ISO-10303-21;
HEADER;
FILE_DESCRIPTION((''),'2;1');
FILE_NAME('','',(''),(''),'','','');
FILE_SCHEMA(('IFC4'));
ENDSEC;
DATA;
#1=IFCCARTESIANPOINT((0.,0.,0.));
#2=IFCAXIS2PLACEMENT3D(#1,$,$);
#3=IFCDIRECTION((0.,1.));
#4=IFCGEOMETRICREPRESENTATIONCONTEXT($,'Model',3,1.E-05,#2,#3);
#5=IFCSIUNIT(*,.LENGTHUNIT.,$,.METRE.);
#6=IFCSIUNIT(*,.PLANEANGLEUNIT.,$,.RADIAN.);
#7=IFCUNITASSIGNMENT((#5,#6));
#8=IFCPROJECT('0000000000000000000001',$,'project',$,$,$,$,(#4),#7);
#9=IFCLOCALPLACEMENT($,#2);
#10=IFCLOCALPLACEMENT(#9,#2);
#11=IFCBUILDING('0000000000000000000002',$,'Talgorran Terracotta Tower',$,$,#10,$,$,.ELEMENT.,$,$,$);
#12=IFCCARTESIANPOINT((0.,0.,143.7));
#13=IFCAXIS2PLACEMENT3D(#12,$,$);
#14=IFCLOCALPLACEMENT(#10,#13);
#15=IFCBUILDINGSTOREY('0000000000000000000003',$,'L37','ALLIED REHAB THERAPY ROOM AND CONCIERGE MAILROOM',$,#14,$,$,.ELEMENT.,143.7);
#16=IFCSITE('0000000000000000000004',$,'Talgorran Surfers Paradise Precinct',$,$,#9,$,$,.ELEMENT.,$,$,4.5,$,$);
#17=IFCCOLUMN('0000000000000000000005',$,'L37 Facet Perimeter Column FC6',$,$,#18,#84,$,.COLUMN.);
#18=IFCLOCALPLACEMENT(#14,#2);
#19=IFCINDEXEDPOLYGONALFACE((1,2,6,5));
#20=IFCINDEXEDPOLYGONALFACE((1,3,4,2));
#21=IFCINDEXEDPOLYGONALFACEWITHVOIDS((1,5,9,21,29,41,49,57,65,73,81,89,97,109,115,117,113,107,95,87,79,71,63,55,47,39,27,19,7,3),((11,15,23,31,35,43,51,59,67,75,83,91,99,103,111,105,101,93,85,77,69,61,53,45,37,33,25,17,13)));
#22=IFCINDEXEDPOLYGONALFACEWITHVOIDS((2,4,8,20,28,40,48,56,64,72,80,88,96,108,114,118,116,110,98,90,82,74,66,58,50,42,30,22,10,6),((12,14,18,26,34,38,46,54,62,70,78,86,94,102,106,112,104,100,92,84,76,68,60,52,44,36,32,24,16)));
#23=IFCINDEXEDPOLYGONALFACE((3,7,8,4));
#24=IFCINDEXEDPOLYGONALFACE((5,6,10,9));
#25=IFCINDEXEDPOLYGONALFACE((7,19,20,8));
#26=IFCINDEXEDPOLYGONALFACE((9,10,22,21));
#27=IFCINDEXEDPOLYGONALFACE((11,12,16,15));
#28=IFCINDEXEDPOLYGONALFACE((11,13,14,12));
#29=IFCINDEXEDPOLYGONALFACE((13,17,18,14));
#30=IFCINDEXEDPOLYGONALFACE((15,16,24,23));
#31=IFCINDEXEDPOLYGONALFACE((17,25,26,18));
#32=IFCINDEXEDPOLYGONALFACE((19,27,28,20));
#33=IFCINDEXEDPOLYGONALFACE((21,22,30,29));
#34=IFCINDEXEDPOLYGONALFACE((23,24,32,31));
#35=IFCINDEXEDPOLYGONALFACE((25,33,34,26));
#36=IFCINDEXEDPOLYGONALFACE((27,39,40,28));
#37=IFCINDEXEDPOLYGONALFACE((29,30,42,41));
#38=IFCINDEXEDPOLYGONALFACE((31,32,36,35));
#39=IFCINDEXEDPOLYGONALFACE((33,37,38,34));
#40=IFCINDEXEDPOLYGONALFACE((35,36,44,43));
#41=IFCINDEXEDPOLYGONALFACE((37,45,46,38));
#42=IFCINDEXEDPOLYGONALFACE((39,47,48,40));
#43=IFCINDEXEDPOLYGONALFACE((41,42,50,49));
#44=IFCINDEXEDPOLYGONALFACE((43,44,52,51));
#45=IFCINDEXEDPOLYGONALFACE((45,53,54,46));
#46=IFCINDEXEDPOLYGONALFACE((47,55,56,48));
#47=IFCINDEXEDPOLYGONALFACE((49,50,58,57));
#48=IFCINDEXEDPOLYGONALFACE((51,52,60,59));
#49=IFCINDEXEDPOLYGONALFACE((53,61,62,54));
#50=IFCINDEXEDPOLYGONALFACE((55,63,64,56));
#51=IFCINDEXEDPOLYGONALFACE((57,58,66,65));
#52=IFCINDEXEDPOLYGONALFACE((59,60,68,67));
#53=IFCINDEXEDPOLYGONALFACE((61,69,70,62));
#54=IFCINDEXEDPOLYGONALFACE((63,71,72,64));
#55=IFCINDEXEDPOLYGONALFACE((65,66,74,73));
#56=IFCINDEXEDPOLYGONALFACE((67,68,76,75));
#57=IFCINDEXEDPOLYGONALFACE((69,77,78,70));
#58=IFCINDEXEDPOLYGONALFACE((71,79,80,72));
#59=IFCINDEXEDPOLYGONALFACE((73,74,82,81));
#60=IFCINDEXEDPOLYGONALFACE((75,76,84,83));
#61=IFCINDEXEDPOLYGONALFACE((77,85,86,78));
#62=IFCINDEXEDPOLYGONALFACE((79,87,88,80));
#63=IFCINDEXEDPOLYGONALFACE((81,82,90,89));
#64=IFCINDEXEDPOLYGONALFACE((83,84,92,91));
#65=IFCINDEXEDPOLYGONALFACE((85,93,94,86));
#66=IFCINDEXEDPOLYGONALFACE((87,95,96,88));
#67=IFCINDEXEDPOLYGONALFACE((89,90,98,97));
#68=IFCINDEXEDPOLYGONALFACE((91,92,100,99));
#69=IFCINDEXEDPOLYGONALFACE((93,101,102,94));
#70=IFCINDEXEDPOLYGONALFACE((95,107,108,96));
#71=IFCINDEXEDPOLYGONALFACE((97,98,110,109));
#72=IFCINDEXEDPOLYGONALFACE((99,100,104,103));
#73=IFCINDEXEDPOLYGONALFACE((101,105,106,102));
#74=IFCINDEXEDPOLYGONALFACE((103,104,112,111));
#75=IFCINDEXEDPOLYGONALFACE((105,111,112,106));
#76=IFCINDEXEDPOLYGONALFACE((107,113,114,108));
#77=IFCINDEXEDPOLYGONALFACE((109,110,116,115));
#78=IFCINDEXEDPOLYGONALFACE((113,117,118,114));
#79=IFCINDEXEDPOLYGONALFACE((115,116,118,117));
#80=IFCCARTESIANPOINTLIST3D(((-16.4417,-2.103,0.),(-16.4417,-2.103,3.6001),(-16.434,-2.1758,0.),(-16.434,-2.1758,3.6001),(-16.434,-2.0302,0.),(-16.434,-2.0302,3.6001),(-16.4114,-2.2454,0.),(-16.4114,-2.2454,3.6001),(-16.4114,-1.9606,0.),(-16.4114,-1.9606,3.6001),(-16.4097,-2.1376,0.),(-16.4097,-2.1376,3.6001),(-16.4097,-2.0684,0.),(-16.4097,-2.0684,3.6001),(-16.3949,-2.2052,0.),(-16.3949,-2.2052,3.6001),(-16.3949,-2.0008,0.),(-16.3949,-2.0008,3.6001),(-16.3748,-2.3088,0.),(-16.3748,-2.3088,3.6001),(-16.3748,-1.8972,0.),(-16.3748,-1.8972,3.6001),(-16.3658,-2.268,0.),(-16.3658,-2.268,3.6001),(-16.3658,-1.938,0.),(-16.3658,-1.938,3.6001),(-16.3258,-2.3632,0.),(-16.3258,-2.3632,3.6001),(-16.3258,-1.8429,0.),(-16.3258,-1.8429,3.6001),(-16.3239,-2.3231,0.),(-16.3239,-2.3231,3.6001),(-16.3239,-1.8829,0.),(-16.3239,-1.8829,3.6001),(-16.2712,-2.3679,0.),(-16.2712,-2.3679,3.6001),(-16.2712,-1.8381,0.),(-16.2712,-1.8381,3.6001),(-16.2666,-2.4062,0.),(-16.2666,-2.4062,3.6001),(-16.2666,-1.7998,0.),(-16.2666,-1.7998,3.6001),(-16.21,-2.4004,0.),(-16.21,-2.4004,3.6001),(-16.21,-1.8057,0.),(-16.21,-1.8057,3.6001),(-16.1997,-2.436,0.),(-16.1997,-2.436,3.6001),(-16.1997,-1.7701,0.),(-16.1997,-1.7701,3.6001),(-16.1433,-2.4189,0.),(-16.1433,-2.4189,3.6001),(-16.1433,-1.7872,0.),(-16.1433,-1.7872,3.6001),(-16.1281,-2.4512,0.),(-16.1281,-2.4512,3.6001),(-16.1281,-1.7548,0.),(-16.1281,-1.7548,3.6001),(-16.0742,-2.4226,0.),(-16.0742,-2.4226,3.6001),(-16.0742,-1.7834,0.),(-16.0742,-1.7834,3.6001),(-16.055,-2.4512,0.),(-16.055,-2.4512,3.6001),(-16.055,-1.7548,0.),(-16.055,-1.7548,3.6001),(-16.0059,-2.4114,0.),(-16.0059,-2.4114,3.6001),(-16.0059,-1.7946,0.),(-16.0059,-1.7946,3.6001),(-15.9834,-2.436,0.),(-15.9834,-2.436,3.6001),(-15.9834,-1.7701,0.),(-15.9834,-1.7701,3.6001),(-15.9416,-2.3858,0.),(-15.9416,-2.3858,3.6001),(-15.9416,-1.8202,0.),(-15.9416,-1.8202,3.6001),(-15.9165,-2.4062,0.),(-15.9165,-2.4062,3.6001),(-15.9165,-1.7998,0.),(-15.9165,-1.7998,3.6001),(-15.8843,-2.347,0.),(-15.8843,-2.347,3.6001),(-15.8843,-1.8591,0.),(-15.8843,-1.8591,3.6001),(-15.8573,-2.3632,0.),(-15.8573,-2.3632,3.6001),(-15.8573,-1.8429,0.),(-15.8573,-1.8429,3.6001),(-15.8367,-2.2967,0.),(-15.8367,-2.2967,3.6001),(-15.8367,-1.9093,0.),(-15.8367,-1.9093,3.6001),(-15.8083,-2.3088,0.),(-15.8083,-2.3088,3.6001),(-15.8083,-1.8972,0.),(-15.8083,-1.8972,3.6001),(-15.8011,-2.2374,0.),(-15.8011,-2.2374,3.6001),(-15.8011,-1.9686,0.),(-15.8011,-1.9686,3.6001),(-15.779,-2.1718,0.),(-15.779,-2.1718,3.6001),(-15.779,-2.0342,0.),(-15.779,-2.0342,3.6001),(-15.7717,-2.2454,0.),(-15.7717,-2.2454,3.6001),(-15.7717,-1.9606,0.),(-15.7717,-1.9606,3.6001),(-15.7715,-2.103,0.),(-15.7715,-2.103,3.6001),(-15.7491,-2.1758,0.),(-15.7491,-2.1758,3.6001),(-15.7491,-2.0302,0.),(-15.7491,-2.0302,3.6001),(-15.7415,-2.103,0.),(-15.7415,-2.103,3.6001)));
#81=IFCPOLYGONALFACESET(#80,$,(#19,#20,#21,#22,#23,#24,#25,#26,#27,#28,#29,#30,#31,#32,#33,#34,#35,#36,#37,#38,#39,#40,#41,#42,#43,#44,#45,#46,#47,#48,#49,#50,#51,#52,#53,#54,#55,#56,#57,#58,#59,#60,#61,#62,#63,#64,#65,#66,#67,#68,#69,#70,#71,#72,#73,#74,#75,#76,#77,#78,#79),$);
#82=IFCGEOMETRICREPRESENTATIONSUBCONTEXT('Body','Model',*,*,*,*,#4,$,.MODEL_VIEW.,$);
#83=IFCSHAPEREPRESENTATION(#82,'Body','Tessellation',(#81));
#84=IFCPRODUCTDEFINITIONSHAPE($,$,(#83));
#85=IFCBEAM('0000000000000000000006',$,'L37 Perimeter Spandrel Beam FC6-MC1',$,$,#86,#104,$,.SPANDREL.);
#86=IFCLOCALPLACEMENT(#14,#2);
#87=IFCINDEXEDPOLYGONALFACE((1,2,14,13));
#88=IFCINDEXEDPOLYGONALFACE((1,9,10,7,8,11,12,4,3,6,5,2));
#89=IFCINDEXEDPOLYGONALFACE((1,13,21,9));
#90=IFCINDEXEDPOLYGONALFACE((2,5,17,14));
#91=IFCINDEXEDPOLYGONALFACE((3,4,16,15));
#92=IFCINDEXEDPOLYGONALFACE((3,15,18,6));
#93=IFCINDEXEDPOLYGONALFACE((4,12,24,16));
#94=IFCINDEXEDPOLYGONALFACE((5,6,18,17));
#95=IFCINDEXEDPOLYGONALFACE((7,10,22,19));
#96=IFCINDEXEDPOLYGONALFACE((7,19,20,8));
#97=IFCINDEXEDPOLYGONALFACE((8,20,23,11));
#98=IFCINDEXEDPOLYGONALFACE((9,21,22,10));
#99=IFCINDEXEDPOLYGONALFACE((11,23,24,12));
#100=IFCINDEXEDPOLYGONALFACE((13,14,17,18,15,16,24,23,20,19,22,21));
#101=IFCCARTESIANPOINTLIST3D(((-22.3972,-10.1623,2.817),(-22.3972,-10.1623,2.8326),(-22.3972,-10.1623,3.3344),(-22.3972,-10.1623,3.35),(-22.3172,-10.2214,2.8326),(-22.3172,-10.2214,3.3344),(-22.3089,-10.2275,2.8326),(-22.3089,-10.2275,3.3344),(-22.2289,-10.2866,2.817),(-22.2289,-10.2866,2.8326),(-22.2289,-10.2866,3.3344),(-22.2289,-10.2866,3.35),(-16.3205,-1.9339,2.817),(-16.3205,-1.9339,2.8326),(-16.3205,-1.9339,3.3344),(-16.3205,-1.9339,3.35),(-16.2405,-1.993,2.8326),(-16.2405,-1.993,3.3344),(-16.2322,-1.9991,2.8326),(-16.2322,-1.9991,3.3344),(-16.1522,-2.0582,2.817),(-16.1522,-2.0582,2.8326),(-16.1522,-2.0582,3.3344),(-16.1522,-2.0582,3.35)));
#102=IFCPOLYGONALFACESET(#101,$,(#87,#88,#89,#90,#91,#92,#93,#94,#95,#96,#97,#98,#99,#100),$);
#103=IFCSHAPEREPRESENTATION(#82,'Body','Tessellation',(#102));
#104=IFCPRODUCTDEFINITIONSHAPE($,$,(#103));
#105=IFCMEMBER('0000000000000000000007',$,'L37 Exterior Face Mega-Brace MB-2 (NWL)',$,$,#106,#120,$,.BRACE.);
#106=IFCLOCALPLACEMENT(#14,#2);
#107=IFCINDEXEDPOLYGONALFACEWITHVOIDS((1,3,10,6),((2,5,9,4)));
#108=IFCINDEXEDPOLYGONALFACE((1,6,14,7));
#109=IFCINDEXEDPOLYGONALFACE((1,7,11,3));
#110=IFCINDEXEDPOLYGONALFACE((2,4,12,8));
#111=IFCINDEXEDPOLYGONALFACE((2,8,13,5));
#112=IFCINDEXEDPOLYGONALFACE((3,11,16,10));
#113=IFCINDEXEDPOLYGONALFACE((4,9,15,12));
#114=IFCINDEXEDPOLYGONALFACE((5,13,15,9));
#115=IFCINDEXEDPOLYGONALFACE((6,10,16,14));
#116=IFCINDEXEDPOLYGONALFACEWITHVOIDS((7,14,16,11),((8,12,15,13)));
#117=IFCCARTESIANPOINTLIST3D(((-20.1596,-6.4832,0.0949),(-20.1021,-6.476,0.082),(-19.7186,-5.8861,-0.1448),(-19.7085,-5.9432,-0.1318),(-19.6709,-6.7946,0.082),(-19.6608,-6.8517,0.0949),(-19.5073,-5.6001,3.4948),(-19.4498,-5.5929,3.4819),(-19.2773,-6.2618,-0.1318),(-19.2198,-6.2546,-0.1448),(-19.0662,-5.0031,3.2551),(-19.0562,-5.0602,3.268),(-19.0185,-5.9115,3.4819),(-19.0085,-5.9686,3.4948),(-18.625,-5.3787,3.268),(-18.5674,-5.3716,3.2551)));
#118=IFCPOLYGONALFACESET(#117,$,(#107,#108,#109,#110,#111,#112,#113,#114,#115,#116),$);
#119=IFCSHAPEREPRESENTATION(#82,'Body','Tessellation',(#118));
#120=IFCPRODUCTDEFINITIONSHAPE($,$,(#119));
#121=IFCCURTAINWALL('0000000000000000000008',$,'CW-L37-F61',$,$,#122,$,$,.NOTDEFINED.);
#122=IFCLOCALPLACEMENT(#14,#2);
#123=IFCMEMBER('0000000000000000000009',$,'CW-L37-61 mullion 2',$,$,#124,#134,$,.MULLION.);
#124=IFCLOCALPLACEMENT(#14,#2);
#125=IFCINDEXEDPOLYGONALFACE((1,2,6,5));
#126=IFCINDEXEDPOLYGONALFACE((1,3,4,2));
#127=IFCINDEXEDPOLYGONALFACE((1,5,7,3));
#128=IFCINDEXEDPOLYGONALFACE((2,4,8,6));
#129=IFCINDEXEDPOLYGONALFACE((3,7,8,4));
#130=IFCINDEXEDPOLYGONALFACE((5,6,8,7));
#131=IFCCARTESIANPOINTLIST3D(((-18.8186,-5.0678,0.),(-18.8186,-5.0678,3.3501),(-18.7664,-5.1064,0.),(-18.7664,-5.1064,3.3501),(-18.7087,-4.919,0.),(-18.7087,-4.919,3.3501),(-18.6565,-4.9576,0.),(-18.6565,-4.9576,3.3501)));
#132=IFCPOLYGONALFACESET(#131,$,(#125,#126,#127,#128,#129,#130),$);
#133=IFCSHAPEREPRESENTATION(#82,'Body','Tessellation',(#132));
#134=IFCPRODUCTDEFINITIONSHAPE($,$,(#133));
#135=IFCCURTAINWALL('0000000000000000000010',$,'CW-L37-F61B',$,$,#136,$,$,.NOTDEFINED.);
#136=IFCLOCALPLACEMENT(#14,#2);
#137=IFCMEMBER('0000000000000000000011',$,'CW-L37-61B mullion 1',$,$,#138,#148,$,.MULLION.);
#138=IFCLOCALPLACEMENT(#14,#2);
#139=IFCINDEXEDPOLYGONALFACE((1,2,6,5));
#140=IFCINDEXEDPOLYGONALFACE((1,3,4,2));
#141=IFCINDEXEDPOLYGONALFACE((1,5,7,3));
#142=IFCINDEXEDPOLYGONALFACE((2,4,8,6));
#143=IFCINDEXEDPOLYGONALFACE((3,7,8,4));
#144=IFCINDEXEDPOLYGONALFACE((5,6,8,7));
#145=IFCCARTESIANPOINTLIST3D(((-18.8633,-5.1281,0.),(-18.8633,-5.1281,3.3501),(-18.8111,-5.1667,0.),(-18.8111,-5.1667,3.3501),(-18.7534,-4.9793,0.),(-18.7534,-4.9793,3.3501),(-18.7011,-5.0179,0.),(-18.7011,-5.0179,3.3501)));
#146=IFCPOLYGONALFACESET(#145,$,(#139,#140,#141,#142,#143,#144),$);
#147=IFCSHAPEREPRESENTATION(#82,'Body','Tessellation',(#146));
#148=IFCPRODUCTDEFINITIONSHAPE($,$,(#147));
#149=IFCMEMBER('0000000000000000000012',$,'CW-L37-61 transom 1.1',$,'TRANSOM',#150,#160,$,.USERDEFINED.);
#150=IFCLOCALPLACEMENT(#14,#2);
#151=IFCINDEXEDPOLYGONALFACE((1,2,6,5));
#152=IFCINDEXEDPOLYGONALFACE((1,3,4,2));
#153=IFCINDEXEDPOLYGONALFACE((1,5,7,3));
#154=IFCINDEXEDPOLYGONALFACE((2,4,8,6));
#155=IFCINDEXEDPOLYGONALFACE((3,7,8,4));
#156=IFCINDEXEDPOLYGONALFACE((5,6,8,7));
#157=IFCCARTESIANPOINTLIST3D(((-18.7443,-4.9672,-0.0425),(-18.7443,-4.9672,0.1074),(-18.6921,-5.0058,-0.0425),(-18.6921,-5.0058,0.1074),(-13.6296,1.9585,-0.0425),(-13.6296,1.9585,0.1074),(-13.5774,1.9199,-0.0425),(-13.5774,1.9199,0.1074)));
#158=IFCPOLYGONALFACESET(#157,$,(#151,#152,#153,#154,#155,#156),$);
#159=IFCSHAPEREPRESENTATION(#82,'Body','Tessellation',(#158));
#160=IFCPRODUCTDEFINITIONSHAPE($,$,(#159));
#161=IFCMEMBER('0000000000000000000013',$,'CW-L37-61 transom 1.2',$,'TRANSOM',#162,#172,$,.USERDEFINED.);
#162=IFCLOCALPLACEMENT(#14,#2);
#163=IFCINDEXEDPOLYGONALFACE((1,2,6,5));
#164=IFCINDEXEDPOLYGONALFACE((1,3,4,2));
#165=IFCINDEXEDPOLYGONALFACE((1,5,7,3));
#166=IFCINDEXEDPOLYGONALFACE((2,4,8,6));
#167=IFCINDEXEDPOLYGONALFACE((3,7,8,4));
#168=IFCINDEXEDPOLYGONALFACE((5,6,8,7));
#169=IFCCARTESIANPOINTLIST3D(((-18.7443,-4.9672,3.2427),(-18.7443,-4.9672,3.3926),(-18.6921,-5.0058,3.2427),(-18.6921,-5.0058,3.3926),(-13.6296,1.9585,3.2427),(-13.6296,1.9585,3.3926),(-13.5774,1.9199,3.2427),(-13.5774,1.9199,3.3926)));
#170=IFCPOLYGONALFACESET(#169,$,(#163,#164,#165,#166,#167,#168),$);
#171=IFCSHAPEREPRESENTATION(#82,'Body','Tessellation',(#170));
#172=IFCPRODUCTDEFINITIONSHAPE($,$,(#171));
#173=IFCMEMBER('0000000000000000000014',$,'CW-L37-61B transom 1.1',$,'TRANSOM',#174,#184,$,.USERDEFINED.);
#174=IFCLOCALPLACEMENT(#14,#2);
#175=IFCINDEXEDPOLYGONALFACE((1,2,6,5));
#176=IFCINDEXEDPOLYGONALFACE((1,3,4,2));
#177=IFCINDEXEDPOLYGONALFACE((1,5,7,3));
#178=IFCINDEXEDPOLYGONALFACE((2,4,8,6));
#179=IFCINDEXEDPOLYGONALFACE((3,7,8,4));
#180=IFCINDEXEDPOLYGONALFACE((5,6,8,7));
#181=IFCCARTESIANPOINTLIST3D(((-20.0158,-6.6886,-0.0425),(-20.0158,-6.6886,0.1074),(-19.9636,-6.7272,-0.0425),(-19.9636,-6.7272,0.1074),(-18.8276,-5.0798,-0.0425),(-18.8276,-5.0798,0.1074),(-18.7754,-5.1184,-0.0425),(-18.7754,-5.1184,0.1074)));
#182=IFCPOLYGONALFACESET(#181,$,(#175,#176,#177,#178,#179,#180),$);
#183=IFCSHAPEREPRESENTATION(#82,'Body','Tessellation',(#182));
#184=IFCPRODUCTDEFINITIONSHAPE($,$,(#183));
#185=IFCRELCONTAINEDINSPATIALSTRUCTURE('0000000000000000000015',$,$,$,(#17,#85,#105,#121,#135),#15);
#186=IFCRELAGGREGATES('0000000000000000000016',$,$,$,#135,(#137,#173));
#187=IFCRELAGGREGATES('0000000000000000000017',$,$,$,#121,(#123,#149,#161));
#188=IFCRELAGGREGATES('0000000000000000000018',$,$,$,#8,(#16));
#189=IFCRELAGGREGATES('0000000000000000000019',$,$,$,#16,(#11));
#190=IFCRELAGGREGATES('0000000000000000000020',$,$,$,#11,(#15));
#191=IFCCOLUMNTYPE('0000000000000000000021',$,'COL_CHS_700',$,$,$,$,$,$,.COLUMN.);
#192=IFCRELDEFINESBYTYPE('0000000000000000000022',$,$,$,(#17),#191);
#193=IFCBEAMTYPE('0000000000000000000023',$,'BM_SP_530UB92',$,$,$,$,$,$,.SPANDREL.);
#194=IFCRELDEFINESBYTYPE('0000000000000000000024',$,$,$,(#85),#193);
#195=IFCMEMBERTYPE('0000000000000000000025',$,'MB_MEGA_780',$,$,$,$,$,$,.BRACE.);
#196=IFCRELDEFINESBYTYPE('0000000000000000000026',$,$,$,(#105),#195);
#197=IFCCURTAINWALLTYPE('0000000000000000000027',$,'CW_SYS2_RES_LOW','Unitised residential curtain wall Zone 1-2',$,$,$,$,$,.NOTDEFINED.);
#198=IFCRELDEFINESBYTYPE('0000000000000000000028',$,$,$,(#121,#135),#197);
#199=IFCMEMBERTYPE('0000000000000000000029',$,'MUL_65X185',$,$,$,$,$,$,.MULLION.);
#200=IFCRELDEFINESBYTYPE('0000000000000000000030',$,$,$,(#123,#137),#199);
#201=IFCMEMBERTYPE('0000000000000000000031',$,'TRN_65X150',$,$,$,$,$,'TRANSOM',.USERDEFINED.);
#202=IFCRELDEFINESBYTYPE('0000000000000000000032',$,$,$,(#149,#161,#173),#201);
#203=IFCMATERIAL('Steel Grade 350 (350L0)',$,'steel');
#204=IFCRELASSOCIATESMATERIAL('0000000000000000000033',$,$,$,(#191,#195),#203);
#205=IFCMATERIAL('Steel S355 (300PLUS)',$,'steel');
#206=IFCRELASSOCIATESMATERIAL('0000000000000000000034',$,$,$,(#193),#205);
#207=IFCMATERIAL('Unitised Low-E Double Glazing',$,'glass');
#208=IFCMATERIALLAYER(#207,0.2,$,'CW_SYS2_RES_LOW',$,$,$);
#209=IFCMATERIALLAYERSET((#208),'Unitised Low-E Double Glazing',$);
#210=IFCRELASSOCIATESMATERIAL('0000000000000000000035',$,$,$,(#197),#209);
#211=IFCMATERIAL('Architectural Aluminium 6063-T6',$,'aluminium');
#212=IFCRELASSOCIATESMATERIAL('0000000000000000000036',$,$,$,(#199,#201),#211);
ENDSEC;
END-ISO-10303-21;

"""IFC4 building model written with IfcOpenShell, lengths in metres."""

from ifc_helpers import new_model, si_unit, direction, frame, origin, origin_2d, place, context, subcontext, project, spatial, rectangle, hollow_rectangle, hollow_circle, i_section, extrude, material, layer, layer_set, material_profile, profile_set, type_object, element, aggregate, save


model = new_model("IFC4")

# Units and contexts
model_context = context("Model", 3, precision=1e-05, world=origin(), true_north=direction((0.0, 1.0)))
body_context = subcontext(model_context, "Body", "Model", "MODEL_VIEW")
ifc_project = project(units=[si_unit("LENGTHUNIT", "METRE"), si_unit("PLANEANGLEUNIT", "RADIAN")], contexts=[model_context])

# Site, building, storey
site_placement = place(None, origin())
site = spatial("IfcSite", under=ifc_project, at=site_placement, Name="Talgorran Surfers Paradise Precinct", CompositionType="ELEMENT", RefElevation=4.5)
building_placement = place(site_placement, origin())
building = spatial("IfcBuilding", under=site, at=building_placement, Name="Talgorran Terracotta Tower", CompositionType="ELEMENT")
storey_placement = place(building_placement, frame((0.0, 0.0, 143.7)))
storey = spatial("IfcBuildingStorey", under=building, at=storey_placement, Name="L37", Description="ALLIED REHAB THERAPY ROOM AND CONCIERGE MAILROOM", CompositionType="ELEMENT", Elevation=143.7)

# Column
ifc_material_1 = material(Name="Steel Grade 350 (350L0)", Category="steel")
ifc_material_profile_1 = material_profile(ifc_material_1, hollow_circle(Radius=0.3501, WallThickness=0.03, at=origin_2d()), Name="CHS700X30")
ifc_profile_set_1 = profile_set([ifc_material_profile_1], Name="Steel Grade 350 (350L0)")
column_type = type_object("IfcColumnType", Name="COL_CHS_700", PredefinedType="COLUMN", material=ifc_profile_set_1)
column_placement = place(storey_placement, frame((-16.0916, -2.103, 0.0), z_axis=(0.0, 0.0, 1.0), x_axis=(1.0, 0.0, 0.0)))
element("IfcColumn", 1, at=column_placement, inside=storey, type_object=column_type, Name="L37 Facet Perimeter Column FC6", PredefinedType="COLUMN", context=body_context, shape_type="SweptSolid", body=[
    extrude(hollow_circle(Radius=0.3501, WallThickness=0.03, at=origin_2d()), origin(), (0.0, 0.0, 1.0), 3.6001),
])

# Beam
ifc_material_2 = material(Name="Steel S355 (300PLUS)", Category="steel")
ifc_material_profile_2 = material_profile(ifc_material_2, i_section(OverallWidth=0.2092, OverallDepth=0.533, WebThickness=0.0103, FlangeThickness=0.0156, at=origin_2d()), Name="530UB92.4")
ifc_profile_set_2 = profile_set([ifc_material_profile_2], Name="Steel S355 (300PLUS)")
beam_type = type_object("IfcBeamType", Name="BM_SP_530UB92", PredefinedType="SPANDREL", material=ifc_profile_set_2)
beam_placement = place(storey_placement, frame((-16.2363, -1.9961, 3.0835), z_axis=(-0.594068, -0.804415, 0.0), x_axis=(0.804415, -0.594068, 0.0)))
element("IfcBeam", 2, at=beam_placement, inside=storey, type_object=beam_type, Name="L37 Perimeter Spandrel Beam FC6-MC1", PredefinedType="SPANDREL", context=body_context, shape_type="SweptSolid", body=[
    extrude(i_section(OverallWidth=0.2092, OverallDepth=0.533, WebThickness=0.0103, FlangeThickness=0.0156, at=origin_2d()), origin(), (0.0, 0.0, 1.0), 10.229),
])

# Member
ifc_material_profile_3 = material_profile(ifc_material_1, hollow_rectangle(XDim=0.6201, YDim=0.78, WallThickness=0.042, at=origin_2d()), Name="WBOX780X620X42")
ifc_profile_set_3 = profile_set([ifc_material_profile_3], Name="Steel Grade 350 (350L0)")
member_type_1 = type_object("IfcMemberType", Name="MB_MEGA_780", PredefinedType="BRACE", material=ifc_profile_set_3)
member_1_placement = place(storey_placement, frame((-19.6897, -6.3689, -0.0249), z_axis=(0.182588, 0.247163, 0.951616), x_axis=(-0.804329, 0.594185, 0.0)))
element("IfcMember", 3, at=member_1_placement, inside=storey, type_object=member_type_1, Name="L37 Exterior Face Mega-Brace MB-2 (NWL)", PredefinedType="BRACE", context=body_context, shape_type="SweptSolid", body=[
    extrude(hollow_rectangle(XDim=0.6201, YDim=0.78, WallThickness=0.042, at=origin_2d()), origin(), (0.0, 0.0, 1.0), 3.5728),
])

# Curtain walls, members
ifc_material_3 = material(Name="Unitised Low-E Double Glazing", Category="glass")
ifc_layer_1 = layer(ifc_material_3, 0.2, Name="CW_SYS2_RES_LOW")
ifc_layer_set_1 = layer_set([ifc_layer_1], Name="Unitised Low-E Double Glazing")
curtain_wall_type = type_object("IfcCurtainWallType", Name="CW_SYS2_RES_LOW", Description="Unitised residential curtain wall Zone 1-2", PredefinedType="NOTDEFINED", material=ifc_layer_set_1)
curtain_wall_1_placement = place(storey_placement, origin())
curtain_wall_1 = element("IfcCurtainWall", 4, at=curtain_wall_1_placement, inside=storey, type_object=curtain_wall_type, Name="CW-L37-F61", PredefinedType="NOTDEFINED")
ifc_material_4 = material(Name="Architectural Aluminium 6063-T6", Category="aluminium")
ifc_material_profile_4 = material_profile(ifc_material_4, rectangle(XDim=0.0649, YDim=0.1851, at=origin_2d()), Name="CWM65X185")
ifc_profile_set_4 = profile_set([ifc_material_profile_4], Name="Architectural Aluminium 6063-T6")
member_type_2 = type_object("IfcMemberType", Name="MUL_65X185", PredefinedType="MULLION", material=ifc_profile_set_4)
member_2_placement = place(storey_placement, frame((-18.7375, -5.0127, 0.0), z_axis=(0.0, 0.0, 1.0), x_axis=(0.80441, -0.594074, 0.0)))
member_2 = element("IfcMember", 5, at=member_2_placement, type_object=member_type_2, Name="CW-L37-61 mullion 2", PredefinedType="MULLION", context=body_context, shape_type="SweptSolid", body=[
    extrude(rectangle(XDim=0.0649, YDim=0.1851, at=origin_2d()), origin(), (0.0, 0.0, 1.0), 3.3501),
])
curtain_wall_2_placement = place(storey_placement, origin())
curtain_wall_2 = element("IfcCurtainWall", 6, at=curtain_wall_2_placement, inside=storey, type_object=curtain_wall_type, Name="CW-L37-F61B", PredefinedType="NOTDEFINED")
member_3_placement = place(storey_placement, frame((-18.7822, -5.073, 0.0), z_axis=(0.0, 0.0, 1.0), x_axis=(0.804417, -0.594065, 0.0)))
member_3 = element("IfcMember", 7, at=member_3_placement, type_object=member_type_2, Name="CW-L37-61B mullion 1", PredefinedType="MULLION", context=body_context, shape_type="SweptSolid", body=[
    extrude(rectangle(XDim=0.0649, YDim=0.1851, at=origin_2d()), origin(), (0.0, 0.0, 1.0), 3.3501),
])

# Members
ifc_material_profile_5 = material_profile(ifc_material_4, rectangle(XDim=0.0649, YDim=0.1499, at=origin_2d()), Name="CWT65X150")
ifc_profile_set_5 = profile_set([ifc_material_profile_5], Name="Architectural Aluminium 6063-T6")
member_type_3 = type_object("IfcMemberType", Name="TRN_65X150", ElementType="TRANSOM", PredefinedType="USERDEFINED", material=ifc_profile_set_5)
member_4_placement = place(storey_placement, frame((-13.6035, 1.9392, 0.0325), z_axis=(-0.594067, -0.804415, 0.0), x_axis=(0.804415, -0.594067, 0.0)))
member_4 = element("IfcMember", 8, at=member_4_placement, type_object=member_type_3, Name="CW-L37-61 transom 1.1", ObjectType="TRANSOM", PredefinedType="USERDEFINED", context=body_context, shape_type="SweptSolid", body=[
    extrude(rectangle(XDim=0.0649, YDim=0.1499, at=origin_2d()), origin(), (0.0, 0.0, 1.0), 8.6096),
])
member_5_placement = place(storey_placement, frame((-13.6035, 1.9392, 3.3176), z_axis=(-0.594067, -0.804415, 0.0), x_axis=(0.804415, -0.594067, 0.0)))
member_5 = element("IfcMember", 9, at=member_5_placement, type_object=member_type_3, Name="CW-L37-61 transom 1.2", ObjectType="TRANSOM", PredefinedType="USERDEFINED", context=body_context, shape_type="SweptSolid", body=[
    extrude(rectangle(XDim=0.0649, YDim=0.1499, at=origin_2d()), origin(), (0.0, 0.0, 1.0), 8.6096),
])
member_6_placement = place(storey_placement, frame((-18.8015, -5.0991, 0.0325), z_axis=(-0.594086, -0.804402, 0.0), x_axis=(0.804402, -0.594086, 0.0)))
member_6 = element("IfcMember", 10, at=member_6_placement, type_object=member_type_3, Name="CW-L37-61B transom 1.1", ObjectType="TRANSOM", PredefinedType="USERDEFINED", context=body_context, shape_type="SweptSolid", body=[
    extrude(rectangle(XDim=0.0649, YDim=0.1499, at=origin_2d()), origin(), (0.0, 0.0, 1.0), 2.0),
])

aggregate(curtain_wall_2, [member_3, member_6])
aggregate(curtain_wall_1, [member_2, member_4, member_5])

save(model, "model.ifc")
